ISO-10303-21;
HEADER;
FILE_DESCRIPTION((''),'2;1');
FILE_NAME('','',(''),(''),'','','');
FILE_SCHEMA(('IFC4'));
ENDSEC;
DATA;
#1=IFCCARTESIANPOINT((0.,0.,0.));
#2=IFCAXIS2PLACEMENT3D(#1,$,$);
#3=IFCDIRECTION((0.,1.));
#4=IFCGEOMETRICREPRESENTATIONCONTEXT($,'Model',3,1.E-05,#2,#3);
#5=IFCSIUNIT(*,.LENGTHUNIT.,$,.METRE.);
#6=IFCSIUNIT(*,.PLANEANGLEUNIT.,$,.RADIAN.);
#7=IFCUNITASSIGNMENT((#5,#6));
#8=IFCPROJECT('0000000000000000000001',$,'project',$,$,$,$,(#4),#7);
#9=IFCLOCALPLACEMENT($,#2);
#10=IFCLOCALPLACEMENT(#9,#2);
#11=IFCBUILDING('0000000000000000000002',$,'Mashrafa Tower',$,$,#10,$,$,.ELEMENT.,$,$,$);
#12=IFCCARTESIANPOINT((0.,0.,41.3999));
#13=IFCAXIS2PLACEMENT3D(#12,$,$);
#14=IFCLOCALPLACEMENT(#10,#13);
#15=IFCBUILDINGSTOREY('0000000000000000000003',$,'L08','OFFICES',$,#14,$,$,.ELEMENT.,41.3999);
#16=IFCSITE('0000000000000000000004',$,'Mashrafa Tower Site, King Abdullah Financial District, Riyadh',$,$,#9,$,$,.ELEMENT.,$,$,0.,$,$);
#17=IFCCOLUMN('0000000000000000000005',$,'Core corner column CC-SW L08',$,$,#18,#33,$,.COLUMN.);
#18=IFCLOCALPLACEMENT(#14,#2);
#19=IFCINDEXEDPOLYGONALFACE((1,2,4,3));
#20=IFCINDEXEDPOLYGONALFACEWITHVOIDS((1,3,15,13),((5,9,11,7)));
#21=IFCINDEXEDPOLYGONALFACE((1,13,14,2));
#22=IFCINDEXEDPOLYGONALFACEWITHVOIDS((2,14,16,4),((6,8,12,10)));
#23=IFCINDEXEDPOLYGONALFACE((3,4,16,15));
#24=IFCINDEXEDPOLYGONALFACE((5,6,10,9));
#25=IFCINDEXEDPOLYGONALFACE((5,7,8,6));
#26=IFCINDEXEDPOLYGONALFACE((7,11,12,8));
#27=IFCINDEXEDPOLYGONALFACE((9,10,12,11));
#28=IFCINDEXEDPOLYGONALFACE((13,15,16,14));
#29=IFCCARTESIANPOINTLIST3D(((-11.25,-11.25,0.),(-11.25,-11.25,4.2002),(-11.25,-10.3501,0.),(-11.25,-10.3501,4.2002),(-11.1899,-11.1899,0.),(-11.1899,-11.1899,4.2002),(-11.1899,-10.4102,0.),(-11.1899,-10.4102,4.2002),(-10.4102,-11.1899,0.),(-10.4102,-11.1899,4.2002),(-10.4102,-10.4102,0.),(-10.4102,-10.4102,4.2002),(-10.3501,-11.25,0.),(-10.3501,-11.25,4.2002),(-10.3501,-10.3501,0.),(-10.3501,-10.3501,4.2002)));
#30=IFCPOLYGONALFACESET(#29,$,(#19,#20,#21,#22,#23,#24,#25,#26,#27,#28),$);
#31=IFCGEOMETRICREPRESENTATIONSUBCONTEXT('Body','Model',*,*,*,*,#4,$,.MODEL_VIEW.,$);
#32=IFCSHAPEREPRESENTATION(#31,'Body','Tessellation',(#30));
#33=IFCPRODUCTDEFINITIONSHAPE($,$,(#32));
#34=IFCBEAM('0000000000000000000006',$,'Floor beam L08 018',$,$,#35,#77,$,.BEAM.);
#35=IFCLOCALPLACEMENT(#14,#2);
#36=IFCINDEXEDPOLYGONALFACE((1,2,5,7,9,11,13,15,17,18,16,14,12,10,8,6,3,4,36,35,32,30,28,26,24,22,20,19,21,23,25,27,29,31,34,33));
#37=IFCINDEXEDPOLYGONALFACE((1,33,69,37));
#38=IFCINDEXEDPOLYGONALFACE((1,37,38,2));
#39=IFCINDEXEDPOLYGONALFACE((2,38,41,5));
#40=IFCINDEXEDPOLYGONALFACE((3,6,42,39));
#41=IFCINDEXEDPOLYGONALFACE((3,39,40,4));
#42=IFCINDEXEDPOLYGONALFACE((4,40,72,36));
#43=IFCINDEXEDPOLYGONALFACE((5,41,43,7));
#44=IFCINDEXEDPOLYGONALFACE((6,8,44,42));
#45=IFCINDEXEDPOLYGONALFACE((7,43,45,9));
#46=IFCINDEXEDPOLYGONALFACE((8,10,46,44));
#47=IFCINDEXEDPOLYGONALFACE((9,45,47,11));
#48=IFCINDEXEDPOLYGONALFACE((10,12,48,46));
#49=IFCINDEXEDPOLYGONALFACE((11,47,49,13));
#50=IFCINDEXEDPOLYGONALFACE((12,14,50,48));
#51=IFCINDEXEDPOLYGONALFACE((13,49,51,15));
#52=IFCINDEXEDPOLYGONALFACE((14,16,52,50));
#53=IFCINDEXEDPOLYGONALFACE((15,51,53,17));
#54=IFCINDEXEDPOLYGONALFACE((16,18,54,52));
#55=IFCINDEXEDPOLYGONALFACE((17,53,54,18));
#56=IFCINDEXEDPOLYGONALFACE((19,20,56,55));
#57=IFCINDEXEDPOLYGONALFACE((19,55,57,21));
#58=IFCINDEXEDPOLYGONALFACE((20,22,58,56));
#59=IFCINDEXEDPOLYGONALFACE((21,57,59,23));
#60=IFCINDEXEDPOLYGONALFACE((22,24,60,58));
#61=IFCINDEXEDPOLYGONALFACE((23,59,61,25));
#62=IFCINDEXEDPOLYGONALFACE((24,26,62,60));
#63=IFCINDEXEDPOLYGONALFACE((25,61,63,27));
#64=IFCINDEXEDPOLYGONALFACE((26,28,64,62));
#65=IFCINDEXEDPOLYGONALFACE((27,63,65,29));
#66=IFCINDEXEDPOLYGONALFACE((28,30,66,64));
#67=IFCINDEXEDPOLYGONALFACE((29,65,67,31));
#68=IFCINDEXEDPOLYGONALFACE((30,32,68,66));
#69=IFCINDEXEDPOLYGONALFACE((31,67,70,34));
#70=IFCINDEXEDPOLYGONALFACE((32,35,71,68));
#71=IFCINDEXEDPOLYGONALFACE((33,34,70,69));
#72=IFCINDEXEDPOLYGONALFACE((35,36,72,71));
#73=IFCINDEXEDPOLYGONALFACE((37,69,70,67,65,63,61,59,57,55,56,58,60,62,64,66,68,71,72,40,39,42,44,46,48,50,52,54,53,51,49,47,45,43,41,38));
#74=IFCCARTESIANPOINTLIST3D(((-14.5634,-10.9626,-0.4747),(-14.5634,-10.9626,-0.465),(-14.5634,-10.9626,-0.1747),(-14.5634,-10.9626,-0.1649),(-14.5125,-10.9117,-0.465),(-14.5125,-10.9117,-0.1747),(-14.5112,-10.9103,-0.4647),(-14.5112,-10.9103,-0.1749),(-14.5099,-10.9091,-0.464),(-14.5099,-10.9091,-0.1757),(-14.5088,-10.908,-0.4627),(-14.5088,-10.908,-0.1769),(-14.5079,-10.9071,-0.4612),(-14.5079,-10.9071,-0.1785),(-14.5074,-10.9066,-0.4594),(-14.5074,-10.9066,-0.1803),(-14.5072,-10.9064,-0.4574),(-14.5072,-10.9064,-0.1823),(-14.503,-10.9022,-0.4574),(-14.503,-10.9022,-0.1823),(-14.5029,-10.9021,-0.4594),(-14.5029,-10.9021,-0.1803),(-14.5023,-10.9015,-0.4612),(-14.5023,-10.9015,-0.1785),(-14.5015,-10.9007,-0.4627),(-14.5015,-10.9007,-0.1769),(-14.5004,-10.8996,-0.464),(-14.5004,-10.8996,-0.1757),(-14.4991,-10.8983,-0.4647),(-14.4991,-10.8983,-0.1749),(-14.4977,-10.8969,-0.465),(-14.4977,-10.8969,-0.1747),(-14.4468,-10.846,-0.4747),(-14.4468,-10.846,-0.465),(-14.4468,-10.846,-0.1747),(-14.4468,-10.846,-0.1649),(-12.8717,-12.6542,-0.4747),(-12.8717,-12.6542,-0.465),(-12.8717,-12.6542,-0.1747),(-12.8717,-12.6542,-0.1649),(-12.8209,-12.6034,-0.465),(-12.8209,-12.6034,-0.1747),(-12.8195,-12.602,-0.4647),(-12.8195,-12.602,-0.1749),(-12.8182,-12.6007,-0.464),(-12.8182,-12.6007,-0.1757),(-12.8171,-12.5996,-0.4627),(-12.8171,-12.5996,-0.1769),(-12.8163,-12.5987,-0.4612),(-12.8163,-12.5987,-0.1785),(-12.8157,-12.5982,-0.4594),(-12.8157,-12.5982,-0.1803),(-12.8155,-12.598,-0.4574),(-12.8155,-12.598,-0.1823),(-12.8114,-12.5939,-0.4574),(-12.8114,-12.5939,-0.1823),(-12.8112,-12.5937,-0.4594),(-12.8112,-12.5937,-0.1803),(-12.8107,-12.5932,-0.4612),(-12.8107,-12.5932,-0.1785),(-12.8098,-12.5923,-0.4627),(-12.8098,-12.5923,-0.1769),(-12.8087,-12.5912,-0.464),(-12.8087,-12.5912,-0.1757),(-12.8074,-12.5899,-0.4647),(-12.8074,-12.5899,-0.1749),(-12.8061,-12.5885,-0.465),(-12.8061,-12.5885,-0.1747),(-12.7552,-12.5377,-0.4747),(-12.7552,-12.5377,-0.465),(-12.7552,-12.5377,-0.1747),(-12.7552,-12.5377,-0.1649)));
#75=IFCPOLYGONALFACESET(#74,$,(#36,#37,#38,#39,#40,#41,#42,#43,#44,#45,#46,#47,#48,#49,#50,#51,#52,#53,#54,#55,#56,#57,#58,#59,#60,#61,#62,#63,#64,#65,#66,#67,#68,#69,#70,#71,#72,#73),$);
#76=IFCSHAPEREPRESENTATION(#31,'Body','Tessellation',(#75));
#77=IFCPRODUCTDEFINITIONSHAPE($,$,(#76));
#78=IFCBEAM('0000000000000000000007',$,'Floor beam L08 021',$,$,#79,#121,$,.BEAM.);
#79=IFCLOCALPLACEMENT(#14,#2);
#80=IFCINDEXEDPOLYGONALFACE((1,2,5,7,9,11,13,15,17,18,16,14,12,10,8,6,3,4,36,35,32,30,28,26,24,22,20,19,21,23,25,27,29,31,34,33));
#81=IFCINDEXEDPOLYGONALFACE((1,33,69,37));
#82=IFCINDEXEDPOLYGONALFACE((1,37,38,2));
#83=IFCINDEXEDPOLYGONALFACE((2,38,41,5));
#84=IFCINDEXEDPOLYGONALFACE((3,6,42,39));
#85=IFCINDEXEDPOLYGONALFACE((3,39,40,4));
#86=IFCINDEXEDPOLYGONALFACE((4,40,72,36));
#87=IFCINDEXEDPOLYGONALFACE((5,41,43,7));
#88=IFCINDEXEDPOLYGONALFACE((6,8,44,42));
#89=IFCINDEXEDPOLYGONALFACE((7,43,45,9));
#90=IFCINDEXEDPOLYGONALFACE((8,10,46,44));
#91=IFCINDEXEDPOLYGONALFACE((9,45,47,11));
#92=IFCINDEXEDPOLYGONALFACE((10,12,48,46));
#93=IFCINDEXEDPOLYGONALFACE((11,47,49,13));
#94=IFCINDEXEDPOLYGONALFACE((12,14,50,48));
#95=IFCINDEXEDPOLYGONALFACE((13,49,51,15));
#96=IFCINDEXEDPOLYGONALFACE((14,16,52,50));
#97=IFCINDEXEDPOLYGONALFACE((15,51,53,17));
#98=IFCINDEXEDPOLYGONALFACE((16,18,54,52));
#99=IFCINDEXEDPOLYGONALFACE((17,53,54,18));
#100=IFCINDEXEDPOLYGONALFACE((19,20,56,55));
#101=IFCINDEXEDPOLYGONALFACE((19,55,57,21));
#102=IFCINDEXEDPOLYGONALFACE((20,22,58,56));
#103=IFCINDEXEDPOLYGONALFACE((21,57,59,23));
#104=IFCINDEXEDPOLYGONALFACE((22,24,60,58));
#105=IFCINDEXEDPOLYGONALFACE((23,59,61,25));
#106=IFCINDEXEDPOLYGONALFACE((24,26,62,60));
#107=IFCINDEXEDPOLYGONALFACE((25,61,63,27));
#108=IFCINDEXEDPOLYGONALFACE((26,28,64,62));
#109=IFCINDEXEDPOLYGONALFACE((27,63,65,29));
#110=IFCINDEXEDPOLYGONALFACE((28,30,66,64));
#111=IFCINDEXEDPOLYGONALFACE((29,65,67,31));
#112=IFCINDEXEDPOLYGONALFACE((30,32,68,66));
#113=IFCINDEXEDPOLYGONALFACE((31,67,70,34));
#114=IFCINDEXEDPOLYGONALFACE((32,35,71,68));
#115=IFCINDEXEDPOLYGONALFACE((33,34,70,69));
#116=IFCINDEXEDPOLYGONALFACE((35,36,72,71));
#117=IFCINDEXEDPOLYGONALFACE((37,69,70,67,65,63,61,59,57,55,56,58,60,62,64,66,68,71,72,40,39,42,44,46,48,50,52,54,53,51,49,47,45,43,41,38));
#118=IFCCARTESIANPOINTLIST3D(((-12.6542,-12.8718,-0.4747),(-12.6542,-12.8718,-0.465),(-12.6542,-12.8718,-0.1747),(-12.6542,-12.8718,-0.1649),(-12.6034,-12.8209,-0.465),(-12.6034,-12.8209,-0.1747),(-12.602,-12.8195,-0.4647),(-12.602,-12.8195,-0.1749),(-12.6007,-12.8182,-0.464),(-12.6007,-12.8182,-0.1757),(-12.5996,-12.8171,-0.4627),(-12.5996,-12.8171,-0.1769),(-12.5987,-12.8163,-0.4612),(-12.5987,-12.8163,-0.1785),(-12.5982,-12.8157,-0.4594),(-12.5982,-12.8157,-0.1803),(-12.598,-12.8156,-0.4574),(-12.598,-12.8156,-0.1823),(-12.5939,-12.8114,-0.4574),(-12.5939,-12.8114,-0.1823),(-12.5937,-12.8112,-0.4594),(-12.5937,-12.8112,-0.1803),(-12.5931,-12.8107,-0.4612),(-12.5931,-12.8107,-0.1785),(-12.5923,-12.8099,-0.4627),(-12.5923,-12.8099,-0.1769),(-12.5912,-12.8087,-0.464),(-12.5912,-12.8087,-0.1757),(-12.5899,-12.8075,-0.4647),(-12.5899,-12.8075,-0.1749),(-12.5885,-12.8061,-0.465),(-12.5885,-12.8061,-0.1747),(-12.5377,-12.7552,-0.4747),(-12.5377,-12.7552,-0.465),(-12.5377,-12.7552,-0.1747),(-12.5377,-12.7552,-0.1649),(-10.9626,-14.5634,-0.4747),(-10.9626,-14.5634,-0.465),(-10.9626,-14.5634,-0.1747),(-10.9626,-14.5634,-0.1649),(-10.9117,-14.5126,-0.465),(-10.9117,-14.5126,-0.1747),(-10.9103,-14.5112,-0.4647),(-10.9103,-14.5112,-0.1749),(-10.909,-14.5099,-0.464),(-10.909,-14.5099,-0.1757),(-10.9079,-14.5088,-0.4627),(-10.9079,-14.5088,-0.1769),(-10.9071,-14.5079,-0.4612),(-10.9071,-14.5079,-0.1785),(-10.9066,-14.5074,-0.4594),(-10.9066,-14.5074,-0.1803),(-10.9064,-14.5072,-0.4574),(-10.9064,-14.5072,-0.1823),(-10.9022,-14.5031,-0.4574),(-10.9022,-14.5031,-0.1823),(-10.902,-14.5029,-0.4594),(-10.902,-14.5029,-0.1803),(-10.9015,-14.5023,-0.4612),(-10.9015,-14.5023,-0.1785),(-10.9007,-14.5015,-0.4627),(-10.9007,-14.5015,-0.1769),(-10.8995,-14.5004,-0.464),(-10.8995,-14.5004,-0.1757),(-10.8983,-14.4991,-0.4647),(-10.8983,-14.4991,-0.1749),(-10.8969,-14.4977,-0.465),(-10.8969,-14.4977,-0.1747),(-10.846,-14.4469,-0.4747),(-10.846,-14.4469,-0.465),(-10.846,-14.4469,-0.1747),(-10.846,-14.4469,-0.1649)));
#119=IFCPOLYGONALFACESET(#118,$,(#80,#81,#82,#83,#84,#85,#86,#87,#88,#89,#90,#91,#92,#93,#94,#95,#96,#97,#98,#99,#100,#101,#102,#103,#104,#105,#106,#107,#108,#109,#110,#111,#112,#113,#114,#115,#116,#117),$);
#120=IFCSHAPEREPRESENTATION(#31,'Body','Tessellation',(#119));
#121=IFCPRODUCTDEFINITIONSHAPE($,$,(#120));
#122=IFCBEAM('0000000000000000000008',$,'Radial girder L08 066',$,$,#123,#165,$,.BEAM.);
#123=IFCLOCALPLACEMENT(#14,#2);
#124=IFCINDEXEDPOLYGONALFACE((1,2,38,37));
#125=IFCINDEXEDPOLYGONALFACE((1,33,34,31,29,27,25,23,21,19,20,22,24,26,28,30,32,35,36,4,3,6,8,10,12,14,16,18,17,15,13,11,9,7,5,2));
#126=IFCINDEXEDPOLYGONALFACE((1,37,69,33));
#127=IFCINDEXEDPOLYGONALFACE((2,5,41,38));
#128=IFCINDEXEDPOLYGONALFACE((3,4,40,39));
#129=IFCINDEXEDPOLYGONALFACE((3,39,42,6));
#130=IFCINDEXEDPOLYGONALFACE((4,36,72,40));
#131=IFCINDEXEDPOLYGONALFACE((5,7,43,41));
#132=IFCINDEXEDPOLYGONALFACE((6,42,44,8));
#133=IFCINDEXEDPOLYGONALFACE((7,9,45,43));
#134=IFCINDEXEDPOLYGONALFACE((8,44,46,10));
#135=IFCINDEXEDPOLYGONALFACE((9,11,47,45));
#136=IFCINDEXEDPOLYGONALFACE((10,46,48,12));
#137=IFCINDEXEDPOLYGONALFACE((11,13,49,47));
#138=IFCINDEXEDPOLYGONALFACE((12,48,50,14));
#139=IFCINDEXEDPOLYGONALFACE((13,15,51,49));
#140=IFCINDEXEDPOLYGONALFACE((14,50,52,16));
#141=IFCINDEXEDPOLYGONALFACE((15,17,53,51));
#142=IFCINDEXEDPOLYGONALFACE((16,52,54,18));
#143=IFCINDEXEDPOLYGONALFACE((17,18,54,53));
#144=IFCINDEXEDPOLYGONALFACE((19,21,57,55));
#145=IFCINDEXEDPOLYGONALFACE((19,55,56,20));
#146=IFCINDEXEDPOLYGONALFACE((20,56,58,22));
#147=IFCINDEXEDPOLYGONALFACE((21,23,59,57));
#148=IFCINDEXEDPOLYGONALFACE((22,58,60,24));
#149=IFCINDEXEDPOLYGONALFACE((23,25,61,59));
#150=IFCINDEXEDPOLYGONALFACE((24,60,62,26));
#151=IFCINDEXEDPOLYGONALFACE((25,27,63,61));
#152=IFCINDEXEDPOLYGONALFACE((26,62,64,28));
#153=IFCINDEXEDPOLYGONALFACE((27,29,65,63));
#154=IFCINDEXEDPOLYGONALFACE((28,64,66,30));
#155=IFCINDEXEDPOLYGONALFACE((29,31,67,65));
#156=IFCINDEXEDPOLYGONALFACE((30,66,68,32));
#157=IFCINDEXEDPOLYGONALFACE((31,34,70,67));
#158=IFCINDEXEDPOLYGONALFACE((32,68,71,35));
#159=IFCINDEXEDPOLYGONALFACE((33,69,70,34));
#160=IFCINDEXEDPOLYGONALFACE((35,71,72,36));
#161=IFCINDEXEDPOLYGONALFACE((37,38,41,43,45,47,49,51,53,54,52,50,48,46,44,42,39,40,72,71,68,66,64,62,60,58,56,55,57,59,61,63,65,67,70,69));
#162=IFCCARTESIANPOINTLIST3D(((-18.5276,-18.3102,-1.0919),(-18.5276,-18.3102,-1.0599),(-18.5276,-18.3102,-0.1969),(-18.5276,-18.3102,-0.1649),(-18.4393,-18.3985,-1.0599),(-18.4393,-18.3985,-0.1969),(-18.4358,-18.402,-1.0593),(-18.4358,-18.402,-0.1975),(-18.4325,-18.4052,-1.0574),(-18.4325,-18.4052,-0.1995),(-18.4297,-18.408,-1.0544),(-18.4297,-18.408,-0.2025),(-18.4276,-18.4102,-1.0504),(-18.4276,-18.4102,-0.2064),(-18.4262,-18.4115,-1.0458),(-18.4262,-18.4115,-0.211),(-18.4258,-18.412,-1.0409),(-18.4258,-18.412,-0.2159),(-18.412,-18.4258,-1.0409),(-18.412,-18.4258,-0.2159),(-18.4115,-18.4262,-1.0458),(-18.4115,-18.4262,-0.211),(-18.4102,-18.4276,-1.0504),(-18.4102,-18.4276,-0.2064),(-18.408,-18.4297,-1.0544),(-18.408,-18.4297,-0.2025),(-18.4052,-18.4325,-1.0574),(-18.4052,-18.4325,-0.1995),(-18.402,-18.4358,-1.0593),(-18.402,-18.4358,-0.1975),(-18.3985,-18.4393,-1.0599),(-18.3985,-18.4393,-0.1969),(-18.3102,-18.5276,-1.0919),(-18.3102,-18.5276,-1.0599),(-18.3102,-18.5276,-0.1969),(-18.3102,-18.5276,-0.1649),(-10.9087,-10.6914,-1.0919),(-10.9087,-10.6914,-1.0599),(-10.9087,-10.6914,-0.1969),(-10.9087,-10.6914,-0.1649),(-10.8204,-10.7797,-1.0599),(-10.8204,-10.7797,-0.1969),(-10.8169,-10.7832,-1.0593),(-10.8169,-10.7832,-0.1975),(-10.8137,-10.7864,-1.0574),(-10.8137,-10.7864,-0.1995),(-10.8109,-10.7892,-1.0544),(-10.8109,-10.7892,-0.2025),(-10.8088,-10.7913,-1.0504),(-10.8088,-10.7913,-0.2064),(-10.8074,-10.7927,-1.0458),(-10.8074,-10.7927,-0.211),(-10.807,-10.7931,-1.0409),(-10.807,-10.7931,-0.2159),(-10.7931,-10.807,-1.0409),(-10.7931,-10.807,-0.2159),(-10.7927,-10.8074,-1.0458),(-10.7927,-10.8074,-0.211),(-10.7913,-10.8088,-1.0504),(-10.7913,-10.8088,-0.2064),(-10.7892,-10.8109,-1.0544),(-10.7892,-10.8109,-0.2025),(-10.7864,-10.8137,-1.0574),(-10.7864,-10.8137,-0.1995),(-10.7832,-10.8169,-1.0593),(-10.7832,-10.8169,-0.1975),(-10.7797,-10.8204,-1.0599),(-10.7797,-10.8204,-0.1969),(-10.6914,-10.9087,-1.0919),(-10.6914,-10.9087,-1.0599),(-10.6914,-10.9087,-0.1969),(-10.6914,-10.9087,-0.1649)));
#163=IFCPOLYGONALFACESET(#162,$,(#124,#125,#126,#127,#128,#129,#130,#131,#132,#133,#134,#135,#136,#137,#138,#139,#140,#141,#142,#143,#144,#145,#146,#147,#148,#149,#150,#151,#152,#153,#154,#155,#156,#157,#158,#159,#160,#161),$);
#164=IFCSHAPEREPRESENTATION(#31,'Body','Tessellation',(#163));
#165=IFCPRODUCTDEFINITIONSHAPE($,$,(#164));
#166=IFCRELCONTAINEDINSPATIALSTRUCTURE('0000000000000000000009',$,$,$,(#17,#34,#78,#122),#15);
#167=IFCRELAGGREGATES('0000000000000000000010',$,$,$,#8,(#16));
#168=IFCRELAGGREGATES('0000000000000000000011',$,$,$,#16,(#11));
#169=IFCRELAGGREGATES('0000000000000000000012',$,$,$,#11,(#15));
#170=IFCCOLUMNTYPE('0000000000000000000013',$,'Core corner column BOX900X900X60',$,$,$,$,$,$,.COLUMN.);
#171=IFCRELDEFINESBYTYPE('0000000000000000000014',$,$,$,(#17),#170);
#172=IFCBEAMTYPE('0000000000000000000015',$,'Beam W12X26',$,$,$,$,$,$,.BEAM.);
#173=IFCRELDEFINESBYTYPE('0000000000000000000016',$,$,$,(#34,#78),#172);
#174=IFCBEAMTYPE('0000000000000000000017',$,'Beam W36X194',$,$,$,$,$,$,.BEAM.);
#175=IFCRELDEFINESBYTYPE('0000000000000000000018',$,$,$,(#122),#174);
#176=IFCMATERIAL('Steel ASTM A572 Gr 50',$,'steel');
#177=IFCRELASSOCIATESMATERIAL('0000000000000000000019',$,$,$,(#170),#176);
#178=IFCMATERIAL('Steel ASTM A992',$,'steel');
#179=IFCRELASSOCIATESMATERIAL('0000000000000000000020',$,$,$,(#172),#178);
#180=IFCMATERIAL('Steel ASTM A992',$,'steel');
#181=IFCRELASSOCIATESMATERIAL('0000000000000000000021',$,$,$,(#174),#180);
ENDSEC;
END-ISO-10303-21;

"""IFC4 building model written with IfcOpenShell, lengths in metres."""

from ifc_helpers import new_model, si_unit, direction, frame, origin, origin_2d, place, context, subcontext, project, spatial, hollow_rectangle, i_section, extrude, material, material_profile, profile_set, type_object, element, save


model = new_model("IFC4")

# Units and contexts
model_context = context("Model", 3, precision=1e-05, world=origin(), true_north=direction((0.0, 1.0)))
body_context = subcontext(model_context, "Body", "Model", "MODEL_VIEW")
ifc_project = project(units=[si_unit("LENGTHUNIT", "METRE"), si_unit("PLANEANGLEUNIT", "RADIAN")], contexts=[model_context])

# Site, building, storey
site_placement = place(None, origin())
site = spatial("IfcSite", under=ifc_project, at=site_placement, Name="Mashrafa Tower Site, King Abdullah Financial District, Riyadh", CompositionType="ELEMENT", RefElevation=0.0)
building_placement = place(site_placement, origin())
building = spatial("IfcBuilding", under=site, at=building_placement, Name="Mashrafa Tower", CompositionType="ELEMENT")
storey_placement = place(building_placement, frame((0.0, 0.0, 41.3999)))
storey = spatial("IfcBuildingStorey", under=building, at=storey_placement, Name="L08", Description="OFFICES", CompositionType="ELEMENT", Elevation=41.3999)

# Column
ifc_material_1 = material(Name="Steel ASTM A572 Gr 50", Category="steel")
ifc_material_profile_1 = material_profile(ifc_material_1, hollow_rectangle(XDim=0.8999, YDim=0.8999, WallThickness=0.0601, at=origin_2d()), Name="BOX900X900X60")
ifc_profile_set_1 = profile_set([ifc_material_profile_1], Name="Steel ASTM A572 Gr 50")
column_type = type_object("IfcColumnType", Name="Core corner column BOX900X900X60", PredefinedType="COLUMN", material=ifc_profile_set_1)
column_placement = place(storey_placement, frame((-10.8, -10.8, 0.0), z_axis=(0.0, 0.0, 1.0), x_axis=(1.0, 0.0, 0.0)))
element("IfcColumn", 1, at=column_placement, inside=storey, type_object=column_type, Name="Core corner column CC-SW L08", PredefinedType="COLUMN", context=body_context, shape_type="SweptSolid", body=[
    extrude(hollow_rectangle(XDim=0.8999, YDim=0.8999, WallThickness=0.0601, at=origin_2d()), origin(), (0.0, 0.0, 1.0), 4.2002),
])

# Beams
ifc_material_2 = material(Name="Steel ASTM A992", Category="steel")
ifc_material_profile_2 = material_profile(ifc_material_2, i_section(OverallWidth=0.1648, OverallDepth=0.3098, WebThickness=0.0059, FlangeThickness=0.0098, FilletRadius=0.0076, at=origin_2d()), Name="W12X26")
ifc_profile_set_2 = profile_set([ifc_material_profile_2], Name="Steel ASTM A992")
beam_type_1 = type_object("IfcBeamType", Name="Beam W12X26", PredefinedType="BEAM", material=ifc_profile_set_2)
for number, where, z_axis, x_axis, name in (
    (2, (-12.8135, -12.5959, -0.3198), (-0.707107, 0.707107, 0.0), (-0.707107, -0.707107, 0.0), "Floor beam L08 018"),
    (3, (-10.9043, -14.5051, -0.3198), (-0.707107, 0.707107, 0.0), (-0.707107, -0.707107, 0.0), "Floor beam L08 021"),
):
    element("IfcBeam", number, at=place(storey_placement, frame(where, z_axis=z_axis, x_axis=x_axis)), inside=storey, type_object=beam_type_1, Name=name, PredefinedType="BEAM", context=body_context, shape_type="SweptSolid", body=[
        extrude(i_section(OverallWidth=0.1648, OverallDepth=0.3098, WebThickness=0.0059, FlangeThickness=0.0098, FilletRadius=0.0076, at=origin_2d()), origin(), (0.0, 0.0, 1.0), 2.3923),
    ])
ifc_material_3 = material(Name="Steel ASTM A992", Category="steel")
ifc_material_profile_3 = material_profile(ifc_material_3, i_section(OverallWidth=0.3074, OverallDepth=0.927, WebThickness=0.0195, FlangeThickness=0.032, FilletRadius=0.019, at=origin_2d()), Name="W36X194")
ifc_profile_set_3 = profile_set([ifc_material_profile_3], Name="Steel ASTM A992")
beam_type_2 = type_object("IfcBeamType", Name="Beam W36X194", PredefinedType="BEAM", material=ifc_profile_set_3)
beam_1_placement = place(storey_placement, frame((-10.8, -10.8, -0.6284), z_axis=(-0.707107, -0.707107, 0.0), x_axis=(0.707107, -0.707107, 0.0)))
element("IfcBeam", 4, at=beam_1_placement, inside=storey, type_object=beam_type_2, Name="Radial girder L08 066", PredefinedType="BEAM", context=body_context, shape_type="SweptSolid", body=[
    extrude(i_section(OverallWidth=0.3074, OverallDepth=0.927, WebThickness=0.0195, FlangeThickness=0.032, FilletRadius=0.019, at=origin_2d()), origin(), (0.0, 0.0, 1.0), 10.7747),
])

save(model, "model.ifc")
